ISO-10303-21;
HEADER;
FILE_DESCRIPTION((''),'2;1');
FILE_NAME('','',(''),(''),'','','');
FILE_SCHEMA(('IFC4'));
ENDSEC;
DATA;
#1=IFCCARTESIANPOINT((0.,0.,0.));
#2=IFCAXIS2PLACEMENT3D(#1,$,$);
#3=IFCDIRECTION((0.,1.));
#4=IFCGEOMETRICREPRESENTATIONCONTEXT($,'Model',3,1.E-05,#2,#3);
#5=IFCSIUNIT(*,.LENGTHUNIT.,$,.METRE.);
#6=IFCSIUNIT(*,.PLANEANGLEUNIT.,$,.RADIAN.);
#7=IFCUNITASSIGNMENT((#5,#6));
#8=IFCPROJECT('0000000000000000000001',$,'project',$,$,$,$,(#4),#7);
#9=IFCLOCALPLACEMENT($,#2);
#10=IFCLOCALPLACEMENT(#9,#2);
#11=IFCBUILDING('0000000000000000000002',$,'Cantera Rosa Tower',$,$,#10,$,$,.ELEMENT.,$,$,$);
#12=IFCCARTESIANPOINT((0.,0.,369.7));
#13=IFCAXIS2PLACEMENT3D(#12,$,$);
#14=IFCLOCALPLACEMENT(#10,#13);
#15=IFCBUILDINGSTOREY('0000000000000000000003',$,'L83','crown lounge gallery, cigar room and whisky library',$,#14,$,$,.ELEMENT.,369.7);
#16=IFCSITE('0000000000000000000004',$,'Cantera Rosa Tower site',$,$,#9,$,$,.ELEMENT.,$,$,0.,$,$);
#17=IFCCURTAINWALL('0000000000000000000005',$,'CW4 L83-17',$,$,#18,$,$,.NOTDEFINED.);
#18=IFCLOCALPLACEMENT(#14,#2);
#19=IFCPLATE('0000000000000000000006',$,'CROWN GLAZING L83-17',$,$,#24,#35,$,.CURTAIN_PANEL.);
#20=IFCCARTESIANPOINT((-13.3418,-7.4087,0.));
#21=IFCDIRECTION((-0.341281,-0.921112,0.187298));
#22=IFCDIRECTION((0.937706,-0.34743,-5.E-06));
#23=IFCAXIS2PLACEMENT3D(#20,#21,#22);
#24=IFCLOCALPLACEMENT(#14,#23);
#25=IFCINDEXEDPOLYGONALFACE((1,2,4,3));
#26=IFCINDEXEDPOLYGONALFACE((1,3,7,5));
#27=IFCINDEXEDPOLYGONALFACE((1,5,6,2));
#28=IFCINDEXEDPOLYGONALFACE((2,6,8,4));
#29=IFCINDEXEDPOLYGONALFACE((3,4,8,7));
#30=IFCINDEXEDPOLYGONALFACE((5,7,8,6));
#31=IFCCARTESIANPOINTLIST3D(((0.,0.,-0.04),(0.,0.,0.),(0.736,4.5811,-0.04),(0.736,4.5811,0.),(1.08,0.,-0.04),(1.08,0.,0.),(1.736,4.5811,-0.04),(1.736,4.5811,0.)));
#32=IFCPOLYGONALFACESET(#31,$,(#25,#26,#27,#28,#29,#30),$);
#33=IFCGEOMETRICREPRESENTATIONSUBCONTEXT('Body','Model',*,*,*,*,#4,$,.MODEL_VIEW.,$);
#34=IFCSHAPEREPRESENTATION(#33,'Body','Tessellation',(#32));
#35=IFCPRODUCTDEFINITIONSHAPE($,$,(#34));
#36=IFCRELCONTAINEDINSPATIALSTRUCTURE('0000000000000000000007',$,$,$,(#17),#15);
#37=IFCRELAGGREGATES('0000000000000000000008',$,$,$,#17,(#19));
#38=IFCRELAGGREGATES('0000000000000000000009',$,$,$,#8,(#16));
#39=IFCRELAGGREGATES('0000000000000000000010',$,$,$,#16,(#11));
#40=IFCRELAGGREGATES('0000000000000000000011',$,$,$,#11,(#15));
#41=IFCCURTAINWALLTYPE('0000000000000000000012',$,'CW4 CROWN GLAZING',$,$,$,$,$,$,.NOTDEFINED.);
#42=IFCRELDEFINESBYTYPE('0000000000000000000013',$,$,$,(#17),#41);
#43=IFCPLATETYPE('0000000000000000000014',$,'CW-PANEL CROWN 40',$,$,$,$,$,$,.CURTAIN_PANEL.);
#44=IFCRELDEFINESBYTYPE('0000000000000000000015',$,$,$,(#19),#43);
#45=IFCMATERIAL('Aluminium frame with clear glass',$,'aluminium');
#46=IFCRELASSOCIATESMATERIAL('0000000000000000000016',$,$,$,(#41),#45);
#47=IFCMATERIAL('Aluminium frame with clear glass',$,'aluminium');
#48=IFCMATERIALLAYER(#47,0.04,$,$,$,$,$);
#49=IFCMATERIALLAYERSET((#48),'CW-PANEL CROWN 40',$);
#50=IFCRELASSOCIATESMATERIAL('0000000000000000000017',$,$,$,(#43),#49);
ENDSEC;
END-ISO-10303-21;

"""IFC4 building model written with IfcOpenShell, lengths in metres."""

from ifc_helpers import new_model, si_unit, direction, frame, origin, place, context, subcontext, project, spatial, polyline, outline, extrude, material, layer, layer_set, type_object, element, aggregate, save


model = new_model("IFC4")

# Units and contexts
model_context = context("Model", 3, precision=1e-05, world=origin(), true_north=direction((0.0, 1.0)))
body_context = subcontext(model_context, "Body", "Model", "MODEL_VIEW")
ifc_project = project(units=[si_unit("LENGTHUNIT", "METRE"), si_unit("PLANEANGLEUNIT", "RADIAN")], contexts=[model_context])

# Site, building, storey
site_placement = place(None, origin())
site = spatial("IfcSite", under=ifc_project, at=site_placement, Name="Cantera Rosa Tower site", CompositionType="ELEMENT", RefElevation=0.0)
building_placement = place(site_placement, origin())
building = spatial("IfcBuilding", under=site, at=building_placement, Name="Cantera Rosa Tower", CompositionType="ELEMENT")
storey_placement = place(building_placement, frame((0.0, 0.0, 369.7)))
storey = spatial("IfcBuildingStorey", under=building, at=storey_placement, Name="L83", Description="crown lounge gallery, cigar room and whisky library", CompositionType="ELEMENT", Elevation=369.7)

# Curtain wall
ifc_material_1 = material(Name="Aluminium frame with clear glass", Category="aluminium")
curtain_wall_type = type_object("IfcCurtainWallType", Name="CW4 CROWN GLAZING", PredefinedType="NOTDEFINED", material=ifc_material_1)
curtain_wall_1_placement = place(storey_placement, origin())
curtain_wall_1 = element("IfcCurtainWall", 1, at=curtain_wall_1_placement, inside=storey, type_object=curtain_wall_type, Name="CW4 L83-17", PredefinedType="NOTDEFINED")

# Plate
ifc_material_2 = material(Name="Aluminium frame with clear glass", Category="aluminium")
ifc_layer_1 = layer(ifc_material_2, 0.04)
ifc_layer_set_1 = layer_set([ifc_layer_1], Name="CW-PANEL CROWN 40")
plate_type = type_object("IfcPlateType", Name="CW-PANEL CROWN 40", PredefinedType="CURTAIN_PANEL", material=ifc_layer_set_1)
plate_1_placement = place(storey_placement, frame((-13.3418, -7.4087, 0.0), z_axis=(-0.341281, -0.921112, 0.187298), x_axis=(0.937706, -0.34743, -0.000005)))
plate_1 = element("IfcPlate", 2, at=plate_1_placement, type_object=plate_type, Name="CROWN GLAZING L83-17", PredefinedType="CURTAIN_PANEL", context=body_context, shape_type="SweptSolid", body=[
    extrude(outline(polyline([(0.0, 0.0), (1.08, 0.0), (1.736, 4.5811), (0.736, 4.5811), (0.0, 0.0)])), origin(), (0.0, 0.0, -1.0), 0.04),
])

aggregate(curtain_wall_1, [plate_1])

save(model, "model.ifc")
